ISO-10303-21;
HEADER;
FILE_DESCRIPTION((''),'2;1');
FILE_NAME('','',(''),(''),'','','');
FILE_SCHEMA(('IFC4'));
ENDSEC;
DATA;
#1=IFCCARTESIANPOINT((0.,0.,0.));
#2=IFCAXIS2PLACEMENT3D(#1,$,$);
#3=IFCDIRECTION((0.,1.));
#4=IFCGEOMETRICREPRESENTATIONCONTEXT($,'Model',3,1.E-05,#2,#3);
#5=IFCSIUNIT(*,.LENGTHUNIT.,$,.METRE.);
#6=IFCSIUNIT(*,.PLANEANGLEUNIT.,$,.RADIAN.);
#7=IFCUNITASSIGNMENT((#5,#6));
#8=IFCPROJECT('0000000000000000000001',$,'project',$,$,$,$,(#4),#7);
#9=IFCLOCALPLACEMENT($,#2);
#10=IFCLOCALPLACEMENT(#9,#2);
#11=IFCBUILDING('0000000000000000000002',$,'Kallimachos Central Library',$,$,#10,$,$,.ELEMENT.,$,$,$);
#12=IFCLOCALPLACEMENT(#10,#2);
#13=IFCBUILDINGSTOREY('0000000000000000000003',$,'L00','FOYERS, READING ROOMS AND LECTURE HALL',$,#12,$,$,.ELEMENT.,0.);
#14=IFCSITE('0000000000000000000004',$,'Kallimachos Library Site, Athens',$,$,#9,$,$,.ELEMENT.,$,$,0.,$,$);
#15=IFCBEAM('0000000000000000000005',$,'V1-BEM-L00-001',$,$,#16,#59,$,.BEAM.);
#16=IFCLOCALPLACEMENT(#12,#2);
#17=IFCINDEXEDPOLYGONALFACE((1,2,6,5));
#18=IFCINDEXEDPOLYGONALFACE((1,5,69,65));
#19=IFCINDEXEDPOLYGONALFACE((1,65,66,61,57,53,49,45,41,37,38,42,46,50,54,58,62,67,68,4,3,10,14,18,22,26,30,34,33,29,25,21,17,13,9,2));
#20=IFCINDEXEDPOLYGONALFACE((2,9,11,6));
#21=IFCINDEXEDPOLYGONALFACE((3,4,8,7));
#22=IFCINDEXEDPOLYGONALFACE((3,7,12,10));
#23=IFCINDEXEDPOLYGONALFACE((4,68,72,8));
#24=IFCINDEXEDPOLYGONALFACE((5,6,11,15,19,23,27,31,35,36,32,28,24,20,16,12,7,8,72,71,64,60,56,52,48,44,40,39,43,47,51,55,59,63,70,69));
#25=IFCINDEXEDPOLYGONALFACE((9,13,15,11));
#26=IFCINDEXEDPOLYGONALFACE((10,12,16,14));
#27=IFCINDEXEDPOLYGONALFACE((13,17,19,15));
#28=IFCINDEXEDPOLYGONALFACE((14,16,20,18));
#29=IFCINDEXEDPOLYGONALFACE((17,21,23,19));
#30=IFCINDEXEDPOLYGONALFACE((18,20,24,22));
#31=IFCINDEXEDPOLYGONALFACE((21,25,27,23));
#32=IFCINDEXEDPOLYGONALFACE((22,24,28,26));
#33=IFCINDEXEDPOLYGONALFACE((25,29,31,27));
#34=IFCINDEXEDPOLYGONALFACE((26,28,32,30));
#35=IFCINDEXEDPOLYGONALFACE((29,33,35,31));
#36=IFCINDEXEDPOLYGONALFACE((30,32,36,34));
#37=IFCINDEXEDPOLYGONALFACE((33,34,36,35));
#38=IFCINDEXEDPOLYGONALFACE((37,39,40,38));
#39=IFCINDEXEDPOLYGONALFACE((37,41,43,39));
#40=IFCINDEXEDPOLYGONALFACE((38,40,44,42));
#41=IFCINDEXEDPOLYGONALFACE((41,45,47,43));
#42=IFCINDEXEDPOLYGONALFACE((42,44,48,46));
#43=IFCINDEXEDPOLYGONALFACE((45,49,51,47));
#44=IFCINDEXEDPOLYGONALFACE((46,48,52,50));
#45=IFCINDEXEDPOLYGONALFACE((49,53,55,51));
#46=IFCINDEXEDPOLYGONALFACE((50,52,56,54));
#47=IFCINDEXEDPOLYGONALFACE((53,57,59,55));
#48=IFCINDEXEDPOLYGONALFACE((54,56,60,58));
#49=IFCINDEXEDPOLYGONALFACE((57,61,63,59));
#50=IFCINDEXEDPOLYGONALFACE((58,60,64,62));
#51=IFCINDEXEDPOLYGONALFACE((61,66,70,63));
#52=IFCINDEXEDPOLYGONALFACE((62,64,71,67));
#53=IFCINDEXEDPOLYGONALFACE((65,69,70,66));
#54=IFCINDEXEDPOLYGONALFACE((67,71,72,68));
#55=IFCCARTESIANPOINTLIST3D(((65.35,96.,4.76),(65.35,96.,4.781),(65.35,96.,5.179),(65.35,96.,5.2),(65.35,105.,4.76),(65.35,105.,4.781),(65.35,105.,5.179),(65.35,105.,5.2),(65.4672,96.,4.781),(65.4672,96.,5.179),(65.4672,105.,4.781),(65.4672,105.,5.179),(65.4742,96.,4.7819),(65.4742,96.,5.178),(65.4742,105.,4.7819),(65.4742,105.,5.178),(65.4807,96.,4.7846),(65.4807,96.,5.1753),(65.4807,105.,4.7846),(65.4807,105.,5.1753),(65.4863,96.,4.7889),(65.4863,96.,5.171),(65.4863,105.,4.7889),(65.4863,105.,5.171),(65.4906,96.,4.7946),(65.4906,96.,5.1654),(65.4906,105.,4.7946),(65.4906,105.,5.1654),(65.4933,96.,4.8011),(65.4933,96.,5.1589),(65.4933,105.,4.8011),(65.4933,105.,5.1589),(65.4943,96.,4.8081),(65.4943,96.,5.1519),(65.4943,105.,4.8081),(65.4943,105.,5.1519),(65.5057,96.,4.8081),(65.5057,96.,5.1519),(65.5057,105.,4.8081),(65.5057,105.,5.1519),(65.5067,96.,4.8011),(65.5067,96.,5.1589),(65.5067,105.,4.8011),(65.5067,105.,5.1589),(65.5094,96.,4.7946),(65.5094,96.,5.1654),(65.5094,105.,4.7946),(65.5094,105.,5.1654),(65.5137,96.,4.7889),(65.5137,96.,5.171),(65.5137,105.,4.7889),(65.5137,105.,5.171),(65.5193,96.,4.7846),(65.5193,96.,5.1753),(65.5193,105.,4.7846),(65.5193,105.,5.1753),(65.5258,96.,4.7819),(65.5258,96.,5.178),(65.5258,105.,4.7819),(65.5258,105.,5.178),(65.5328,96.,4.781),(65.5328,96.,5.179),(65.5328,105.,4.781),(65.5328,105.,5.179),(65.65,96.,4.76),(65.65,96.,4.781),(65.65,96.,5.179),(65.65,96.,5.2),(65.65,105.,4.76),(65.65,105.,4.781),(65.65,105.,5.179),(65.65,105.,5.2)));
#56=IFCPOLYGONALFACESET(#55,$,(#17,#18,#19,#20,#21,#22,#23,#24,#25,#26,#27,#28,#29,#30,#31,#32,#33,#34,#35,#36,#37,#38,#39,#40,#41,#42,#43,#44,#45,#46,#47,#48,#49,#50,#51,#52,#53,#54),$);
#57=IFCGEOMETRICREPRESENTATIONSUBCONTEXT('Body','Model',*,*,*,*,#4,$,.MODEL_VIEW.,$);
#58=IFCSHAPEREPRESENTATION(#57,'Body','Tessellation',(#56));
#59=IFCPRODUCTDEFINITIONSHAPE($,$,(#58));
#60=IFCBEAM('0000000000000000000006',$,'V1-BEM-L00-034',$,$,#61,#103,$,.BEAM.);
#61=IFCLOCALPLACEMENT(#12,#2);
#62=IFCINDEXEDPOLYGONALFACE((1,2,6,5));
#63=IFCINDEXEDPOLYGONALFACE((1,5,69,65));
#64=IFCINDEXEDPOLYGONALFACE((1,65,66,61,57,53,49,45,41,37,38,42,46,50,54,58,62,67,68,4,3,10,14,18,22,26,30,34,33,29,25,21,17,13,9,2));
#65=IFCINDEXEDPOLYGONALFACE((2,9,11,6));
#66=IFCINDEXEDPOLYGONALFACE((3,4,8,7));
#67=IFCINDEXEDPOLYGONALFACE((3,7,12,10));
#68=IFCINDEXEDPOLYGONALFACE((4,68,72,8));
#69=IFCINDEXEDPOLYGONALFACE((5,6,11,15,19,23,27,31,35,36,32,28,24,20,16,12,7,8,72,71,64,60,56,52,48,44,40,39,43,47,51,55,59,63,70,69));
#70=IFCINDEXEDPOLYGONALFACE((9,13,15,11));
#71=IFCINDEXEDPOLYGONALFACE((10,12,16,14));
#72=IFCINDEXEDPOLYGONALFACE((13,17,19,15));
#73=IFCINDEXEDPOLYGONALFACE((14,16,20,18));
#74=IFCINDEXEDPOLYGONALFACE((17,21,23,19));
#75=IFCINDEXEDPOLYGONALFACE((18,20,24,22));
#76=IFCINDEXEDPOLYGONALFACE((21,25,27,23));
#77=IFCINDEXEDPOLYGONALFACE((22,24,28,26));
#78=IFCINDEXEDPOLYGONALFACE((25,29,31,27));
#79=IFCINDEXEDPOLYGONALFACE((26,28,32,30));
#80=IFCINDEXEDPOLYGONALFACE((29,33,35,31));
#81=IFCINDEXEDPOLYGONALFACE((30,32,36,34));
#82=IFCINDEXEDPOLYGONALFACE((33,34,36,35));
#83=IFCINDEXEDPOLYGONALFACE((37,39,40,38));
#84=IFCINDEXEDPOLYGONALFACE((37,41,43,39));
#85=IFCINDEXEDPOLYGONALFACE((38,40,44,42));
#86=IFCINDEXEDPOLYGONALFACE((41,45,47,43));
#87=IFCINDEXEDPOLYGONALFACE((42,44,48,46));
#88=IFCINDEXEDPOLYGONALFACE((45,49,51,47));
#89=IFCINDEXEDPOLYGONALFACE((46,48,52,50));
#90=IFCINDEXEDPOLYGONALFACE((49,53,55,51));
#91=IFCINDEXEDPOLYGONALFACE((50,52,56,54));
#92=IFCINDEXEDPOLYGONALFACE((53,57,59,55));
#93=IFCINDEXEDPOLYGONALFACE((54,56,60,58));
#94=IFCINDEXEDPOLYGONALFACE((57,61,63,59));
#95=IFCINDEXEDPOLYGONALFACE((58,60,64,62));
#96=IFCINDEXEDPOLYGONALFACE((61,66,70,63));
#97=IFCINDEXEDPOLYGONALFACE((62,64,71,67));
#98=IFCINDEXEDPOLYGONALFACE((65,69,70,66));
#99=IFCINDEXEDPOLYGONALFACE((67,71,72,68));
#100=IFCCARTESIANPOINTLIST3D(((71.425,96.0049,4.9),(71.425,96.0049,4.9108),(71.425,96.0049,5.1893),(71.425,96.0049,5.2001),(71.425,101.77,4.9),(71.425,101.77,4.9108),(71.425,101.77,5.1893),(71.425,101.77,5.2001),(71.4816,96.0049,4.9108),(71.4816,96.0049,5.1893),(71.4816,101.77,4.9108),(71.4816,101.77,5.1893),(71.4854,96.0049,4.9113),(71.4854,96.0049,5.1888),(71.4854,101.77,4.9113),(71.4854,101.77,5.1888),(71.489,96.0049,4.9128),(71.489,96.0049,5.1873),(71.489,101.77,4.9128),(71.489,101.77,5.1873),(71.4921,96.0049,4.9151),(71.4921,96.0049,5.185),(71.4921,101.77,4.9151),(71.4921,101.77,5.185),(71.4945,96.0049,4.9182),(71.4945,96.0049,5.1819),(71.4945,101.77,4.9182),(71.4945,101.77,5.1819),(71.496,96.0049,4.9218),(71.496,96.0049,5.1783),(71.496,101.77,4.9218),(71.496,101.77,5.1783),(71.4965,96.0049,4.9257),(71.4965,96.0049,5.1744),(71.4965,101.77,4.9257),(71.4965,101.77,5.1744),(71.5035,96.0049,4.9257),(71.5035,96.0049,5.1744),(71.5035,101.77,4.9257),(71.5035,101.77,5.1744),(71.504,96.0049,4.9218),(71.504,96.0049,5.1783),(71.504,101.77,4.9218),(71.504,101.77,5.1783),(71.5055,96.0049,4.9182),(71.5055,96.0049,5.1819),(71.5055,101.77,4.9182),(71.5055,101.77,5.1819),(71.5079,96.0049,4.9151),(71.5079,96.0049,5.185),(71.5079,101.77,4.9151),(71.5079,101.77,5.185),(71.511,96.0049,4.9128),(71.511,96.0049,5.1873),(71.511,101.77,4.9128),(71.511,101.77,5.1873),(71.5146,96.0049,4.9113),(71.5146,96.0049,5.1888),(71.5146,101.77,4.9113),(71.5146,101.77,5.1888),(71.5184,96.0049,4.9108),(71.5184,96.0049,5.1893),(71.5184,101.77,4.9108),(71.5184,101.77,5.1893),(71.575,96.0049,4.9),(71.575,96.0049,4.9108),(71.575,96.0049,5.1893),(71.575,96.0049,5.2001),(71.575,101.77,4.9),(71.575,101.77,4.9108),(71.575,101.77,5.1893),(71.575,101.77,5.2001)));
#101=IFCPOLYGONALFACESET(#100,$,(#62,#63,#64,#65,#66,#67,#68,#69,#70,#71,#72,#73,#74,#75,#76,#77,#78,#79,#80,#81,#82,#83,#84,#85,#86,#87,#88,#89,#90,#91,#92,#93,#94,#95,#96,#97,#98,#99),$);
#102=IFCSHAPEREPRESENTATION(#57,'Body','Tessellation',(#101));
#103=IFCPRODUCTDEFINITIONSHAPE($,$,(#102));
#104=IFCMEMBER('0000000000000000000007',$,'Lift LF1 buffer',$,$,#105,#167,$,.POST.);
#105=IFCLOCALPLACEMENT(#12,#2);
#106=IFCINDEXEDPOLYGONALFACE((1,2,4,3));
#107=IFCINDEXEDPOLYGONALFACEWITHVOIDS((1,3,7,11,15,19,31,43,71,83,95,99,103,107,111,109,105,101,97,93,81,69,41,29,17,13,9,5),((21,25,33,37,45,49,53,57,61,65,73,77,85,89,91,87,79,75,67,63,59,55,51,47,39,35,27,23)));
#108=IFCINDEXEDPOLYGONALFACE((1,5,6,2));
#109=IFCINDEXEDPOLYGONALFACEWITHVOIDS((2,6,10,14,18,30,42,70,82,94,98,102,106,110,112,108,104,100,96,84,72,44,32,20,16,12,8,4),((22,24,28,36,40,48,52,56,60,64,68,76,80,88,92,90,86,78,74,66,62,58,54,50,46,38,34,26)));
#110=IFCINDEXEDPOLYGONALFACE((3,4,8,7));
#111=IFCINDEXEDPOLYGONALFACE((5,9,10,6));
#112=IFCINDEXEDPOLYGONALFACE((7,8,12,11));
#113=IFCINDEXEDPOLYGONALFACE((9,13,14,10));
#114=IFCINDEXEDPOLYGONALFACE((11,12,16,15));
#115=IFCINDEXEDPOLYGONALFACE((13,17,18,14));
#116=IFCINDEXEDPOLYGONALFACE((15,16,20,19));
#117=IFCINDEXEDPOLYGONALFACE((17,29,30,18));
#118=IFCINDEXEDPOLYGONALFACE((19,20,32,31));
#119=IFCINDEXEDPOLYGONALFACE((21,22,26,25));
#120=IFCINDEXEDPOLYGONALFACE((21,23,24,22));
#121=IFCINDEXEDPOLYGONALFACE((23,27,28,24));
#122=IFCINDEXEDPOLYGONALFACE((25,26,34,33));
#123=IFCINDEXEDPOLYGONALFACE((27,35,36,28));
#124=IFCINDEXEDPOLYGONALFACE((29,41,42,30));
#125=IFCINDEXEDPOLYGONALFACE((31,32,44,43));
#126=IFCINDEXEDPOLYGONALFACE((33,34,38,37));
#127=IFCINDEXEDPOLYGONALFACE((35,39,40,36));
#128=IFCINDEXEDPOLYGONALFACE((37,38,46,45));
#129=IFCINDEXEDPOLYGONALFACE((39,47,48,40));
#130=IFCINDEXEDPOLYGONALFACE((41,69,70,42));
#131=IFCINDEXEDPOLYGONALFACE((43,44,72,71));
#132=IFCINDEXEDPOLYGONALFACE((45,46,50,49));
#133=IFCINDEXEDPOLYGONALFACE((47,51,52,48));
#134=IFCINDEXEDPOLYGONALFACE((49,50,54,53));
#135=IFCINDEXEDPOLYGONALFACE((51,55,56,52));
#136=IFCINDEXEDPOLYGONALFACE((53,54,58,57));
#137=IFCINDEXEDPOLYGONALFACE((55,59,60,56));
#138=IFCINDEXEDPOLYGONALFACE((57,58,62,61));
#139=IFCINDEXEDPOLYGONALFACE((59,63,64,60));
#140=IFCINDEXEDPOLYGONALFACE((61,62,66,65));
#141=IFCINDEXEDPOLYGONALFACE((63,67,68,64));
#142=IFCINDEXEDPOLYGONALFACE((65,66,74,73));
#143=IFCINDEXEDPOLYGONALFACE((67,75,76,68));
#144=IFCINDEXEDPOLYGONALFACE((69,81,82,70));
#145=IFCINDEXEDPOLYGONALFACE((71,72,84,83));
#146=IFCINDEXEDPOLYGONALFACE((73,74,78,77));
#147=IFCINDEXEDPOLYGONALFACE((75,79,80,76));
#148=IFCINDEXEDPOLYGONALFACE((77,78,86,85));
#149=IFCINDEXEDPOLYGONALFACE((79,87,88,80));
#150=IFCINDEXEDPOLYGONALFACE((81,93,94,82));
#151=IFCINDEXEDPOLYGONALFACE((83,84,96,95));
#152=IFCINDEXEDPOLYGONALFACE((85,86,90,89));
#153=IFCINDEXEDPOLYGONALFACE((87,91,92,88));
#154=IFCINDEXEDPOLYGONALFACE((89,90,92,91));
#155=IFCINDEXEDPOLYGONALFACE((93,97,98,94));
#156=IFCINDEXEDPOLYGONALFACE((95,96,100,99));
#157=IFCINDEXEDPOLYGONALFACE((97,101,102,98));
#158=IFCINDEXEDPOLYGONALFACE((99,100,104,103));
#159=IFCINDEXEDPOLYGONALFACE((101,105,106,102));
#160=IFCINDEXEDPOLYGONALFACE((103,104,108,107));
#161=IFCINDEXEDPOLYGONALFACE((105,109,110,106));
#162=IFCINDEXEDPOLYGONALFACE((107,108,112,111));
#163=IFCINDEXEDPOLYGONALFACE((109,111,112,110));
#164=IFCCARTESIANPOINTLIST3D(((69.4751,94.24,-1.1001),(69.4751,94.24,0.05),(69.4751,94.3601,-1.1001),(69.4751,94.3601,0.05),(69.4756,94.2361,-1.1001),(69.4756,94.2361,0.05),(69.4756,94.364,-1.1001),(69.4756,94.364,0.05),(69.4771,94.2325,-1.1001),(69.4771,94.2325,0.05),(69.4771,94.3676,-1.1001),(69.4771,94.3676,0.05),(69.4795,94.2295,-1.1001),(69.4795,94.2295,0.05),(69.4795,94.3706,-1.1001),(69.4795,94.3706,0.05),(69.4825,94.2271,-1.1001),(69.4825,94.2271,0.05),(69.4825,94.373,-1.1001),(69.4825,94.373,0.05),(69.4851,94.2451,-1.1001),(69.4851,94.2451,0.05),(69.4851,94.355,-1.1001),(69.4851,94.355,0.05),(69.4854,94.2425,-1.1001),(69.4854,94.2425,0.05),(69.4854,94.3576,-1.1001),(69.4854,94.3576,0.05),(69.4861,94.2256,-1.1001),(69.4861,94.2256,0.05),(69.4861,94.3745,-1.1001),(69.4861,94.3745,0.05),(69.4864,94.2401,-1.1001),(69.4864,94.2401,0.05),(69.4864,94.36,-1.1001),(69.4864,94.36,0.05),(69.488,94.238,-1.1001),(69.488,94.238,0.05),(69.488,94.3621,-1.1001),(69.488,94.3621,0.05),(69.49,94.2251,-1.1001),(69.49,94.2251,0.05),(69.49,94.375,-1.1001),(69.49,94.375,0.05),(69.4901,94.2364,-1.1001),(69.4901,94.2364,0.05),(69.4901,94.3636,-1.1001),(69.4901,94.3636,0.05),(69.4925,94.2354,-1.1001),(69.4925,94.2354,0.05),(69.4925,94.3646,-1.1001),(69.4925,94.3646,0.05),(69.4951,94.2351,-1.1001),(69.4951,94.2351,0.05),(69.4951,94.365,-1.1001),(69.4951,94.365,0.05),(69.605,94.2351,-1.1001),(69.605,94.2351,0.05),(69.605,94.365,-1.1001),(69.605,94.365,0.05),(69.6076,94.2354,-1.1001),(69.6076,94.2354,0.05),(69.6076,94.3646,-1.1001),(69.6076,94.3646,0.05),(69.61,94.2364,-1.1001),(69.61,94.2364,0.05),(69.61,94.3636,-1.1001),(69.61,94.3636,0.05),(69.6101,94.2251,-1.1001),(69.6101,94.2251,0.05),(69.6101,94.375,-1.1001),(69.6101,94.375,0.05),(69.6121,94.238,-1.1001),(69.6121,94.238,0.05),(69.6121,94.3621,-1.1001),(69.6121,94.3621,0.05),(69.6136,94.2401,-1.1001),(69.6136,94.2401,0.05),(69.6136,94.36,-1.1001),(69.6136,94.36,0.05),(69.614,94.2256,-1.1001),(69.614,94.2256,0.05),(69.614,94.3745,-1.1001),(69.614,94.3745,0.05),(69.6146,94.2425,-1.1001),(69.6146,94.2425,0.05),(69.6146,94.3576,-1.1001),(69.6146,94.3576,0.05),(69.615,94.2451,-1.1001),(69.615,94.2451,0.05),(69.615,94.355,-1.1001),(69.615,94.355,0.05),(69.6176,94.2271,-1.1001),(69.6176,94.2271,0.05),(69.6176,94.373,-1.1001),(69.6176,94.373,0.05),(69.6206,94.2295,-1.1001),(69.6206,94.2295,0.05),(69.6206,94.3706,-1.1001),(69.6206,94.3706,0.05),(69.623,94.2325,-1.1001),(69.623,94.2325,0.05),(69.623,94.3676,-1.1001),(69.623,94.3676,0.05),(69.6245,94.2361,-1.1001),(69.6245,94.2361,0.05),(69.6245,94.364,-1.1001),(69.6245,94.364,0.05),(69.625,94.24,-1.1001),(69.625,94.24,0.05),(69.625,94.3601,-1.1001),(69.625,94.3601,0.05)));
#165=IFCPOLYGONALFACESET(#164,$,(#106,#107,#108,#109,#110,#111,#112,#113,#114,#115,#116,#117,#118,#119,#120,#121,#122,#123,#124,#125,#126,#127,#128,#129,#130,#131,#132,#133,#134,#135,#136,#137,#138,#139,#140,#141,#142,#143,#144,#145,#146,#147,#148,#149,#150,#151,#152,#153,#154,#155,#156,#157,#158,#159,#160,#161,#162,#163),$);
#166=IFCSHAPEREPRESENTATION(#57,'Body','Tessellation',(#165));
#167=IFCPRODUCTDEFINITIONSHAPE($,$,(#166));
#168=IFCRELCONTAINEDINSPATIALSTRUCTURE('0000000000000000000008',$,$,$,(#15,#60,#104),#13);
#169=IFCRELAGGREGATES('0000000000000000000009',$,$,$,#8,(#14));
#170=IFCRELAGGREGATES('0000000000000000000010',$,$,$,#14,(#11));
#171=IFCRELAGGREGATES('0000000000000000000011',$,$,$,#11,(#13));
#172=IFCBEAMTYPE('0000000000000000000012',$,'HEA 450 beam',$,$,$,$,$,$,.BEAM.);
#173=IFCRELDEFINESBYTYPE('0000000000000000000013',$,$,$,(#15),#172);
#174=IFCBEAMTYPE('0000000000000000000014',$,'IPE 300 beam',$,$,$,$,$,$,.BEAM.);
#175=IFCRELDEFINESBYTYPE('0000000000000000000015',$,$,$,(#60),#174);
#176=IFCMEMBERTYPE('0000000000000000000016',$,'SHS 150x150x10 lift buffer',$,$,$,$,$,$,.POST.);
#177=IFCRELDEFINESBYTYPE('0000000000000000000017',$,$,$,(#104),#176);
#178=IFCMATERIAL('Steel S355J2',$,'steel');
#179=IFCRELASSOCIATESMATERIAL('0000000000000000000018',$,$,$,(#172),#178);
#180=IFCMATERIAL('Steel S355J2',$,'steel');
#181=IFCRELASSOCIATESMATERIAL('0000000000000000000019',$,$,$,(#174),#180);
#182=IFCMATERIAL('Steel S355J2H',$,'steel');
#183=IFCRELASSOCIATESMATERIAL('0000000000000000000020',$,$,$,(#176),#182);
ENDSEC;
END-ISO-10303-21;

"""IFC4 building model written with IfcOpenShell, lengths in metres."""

from ifc_helpers import new_model, si_unit, direction, frame, origin, origin_2d, place, context, subcontext, project, spatial, hollow_rectangle, i_section, extrude, material, material_profile, profile_set, type_object, element, save


model = new_model("IFC4")

# Units and contexts
model_context = context("Model", 3, precision=1e-05, world=origin(), true_north=direction((0.0, 1.0)))
body_context = subcontext(model_context, "Body", "Model", "MODEL_VIEW")
ifc_project = project(units=[si_unit("LENGTHUNIT", "METRE"), si_unit("PLANEANGLEUNIT", "RADIAN")], contexts=[model_context])

# Site, building, storey
site_placement = place(None, origin())
site = spatial("IfcSite", under=ifc_project, at=site_placement, Name="Kallimachos Library Site, Athens", CompositionType="ELEMENT", RefElevation=0.0)
building_placement = place(site_placement, origin())
building = spatial("IfcBuilding", under=site, at=building_placement, Name="Kallimachos Central Library", CompositionType="ELEMENT")
storey_placement = place(building_placement, origin())
storey = spatial("IfcBuildingStorey", under=building, at=storey_placement, Name="L00", Description="FOYERS, READING ROOMS AND LECTURE HALL", CompositionType="ELEMENT", Elevation=0.0)

# Beams
ifc_material_1 = material(Name="Steel S355J2", Category="steel")
ifc_material_profile_1 = material_profile(ifc_material_1, i_section(OverallWidth=0.3, OverallDepth=0.4399, WebThickness=0.0115, FlangeThickness=0.021, FilletRadius=0.0271, at=origin_2d()), Name="HEA 450")
ifc_profile_set_1 = profile_set([ifc_material_profile_1], Name="Steel S355J2")
beam_type_1 = type_object("IfcBeamType", Name="HEA 450 beam", PredefinedType="BEAM", material=ifc_profile_set_1)
beam_1_placement = place(storey_placement, frame((65.5, 96.0, 4.98), z_axis=(0.0, 1.0, 0.0), x_axis=(-1.0, 0.0, 0.0)))
element("IfcBeam", 1, at=beam_1_placement, inside=storey, type_object=beam_type_1, Name="V1-BEM-L00-001", PredefinedType="BEAM", context=body_context, shape_type="SweptSolid", body=[
    extrude(i_section(OverallWidth=0.3, OverallDepth=0.4399, WebThickness=0.0115, FlangeThickness=0.021, FilletRadius=0.0271, at=origin_2d()), origin(), (0.0, 0.0, 1.0), 9.0),
])
ifc_material_2 = material(Name="Steel S355J2", Category="steel")
ifc_material_profile_2 = material_profile(ifc_material_2, i_section(OverallWidth=0.1499, OverallDepth=0.3, WebThickness=0.0071, FlangeThickness=0.0107, FilletRadius=0.0149, at=origin_2d()), Name="IPE 300")
ifc_profile_set_2 = profile_set([ifc_material_profile_2], Name="Steel S355J2")
beam_type_2 = type_object("IfcBeamType", Name="IPE 300 beam", PredefinedType="BEAM", material=ifc_profile_set_2)
beam_2_placement = place(storey_placement, frame((71.5, 96.0049, 5.05), z_axis=(0.0, 1.0, 0.0), x_axis=(-1.0, 0.0, 0.0)))
element("IfcBeam", 2, at=beam_2_placement, inside=storey, type_object=beam_type_2, Name="V1-BEM-L00-034", PredefinedType="BEAM", context=body_context, shape_type="SweptSolid", body=[
    extrude(i_section(OverallWidth=0.1499, OverallDepth=0.3, WebThickness=0.0071, FlangeThickness=0.0107, FilletRadius=0.0149, at=origin_2d()), origin(), (0.0, 0.0, 1.0), 5.7651),
])

# Member
ifc_material_3 = material(Name="Steel S355J2H", Category="steel")
ifc_material_profile_3 = material_profile(ifc_material_3, hollow_rectangle(XDim=0.1499, YDim=0.1499, WallThickness=0.01, InnerFilletRadius=0.01, OuterFilletRadius=0.0149, at=origin_2d()), Name="SHS 150x150x10")
ifc_profile_set_3 = profile_set([ifc_material_profile_3], Name="Steel S355J2H")
member_type_1 = type_object("IfcMemberType", Name="SHS 150x150x10 lift buffer", PredefinedType="POST", material=ifc_profile_set_3)
for number, where, z_axis, x_axis, name in (
    (3, (69.55, 94.3, -1.1001), (0.0, 0.0, 1.0), (1.0, 0.0, 0.0), "Lift LF1 buffer"),
):
    element("IfcMember", number, at=place(storey_placement, frame(where, z_axis=z_axis, x_axis=x_axis)), inside=storey, type_object=member_type_1, Name=name, PredefinedType="POST", context=body_context, shape_type="SweptSolid", body=[
        extrude(hollow_rectangle(XDim=0.1499, YDim=0.1499, WallThickness=0.01, InnerFilletRadius=0.01, OuterFilletRadius=0.0149, at=origin_2d()), origin(), (0.0, 0.0, 1.0), 1.1501),
    ])

save(model, "model.ifc")
